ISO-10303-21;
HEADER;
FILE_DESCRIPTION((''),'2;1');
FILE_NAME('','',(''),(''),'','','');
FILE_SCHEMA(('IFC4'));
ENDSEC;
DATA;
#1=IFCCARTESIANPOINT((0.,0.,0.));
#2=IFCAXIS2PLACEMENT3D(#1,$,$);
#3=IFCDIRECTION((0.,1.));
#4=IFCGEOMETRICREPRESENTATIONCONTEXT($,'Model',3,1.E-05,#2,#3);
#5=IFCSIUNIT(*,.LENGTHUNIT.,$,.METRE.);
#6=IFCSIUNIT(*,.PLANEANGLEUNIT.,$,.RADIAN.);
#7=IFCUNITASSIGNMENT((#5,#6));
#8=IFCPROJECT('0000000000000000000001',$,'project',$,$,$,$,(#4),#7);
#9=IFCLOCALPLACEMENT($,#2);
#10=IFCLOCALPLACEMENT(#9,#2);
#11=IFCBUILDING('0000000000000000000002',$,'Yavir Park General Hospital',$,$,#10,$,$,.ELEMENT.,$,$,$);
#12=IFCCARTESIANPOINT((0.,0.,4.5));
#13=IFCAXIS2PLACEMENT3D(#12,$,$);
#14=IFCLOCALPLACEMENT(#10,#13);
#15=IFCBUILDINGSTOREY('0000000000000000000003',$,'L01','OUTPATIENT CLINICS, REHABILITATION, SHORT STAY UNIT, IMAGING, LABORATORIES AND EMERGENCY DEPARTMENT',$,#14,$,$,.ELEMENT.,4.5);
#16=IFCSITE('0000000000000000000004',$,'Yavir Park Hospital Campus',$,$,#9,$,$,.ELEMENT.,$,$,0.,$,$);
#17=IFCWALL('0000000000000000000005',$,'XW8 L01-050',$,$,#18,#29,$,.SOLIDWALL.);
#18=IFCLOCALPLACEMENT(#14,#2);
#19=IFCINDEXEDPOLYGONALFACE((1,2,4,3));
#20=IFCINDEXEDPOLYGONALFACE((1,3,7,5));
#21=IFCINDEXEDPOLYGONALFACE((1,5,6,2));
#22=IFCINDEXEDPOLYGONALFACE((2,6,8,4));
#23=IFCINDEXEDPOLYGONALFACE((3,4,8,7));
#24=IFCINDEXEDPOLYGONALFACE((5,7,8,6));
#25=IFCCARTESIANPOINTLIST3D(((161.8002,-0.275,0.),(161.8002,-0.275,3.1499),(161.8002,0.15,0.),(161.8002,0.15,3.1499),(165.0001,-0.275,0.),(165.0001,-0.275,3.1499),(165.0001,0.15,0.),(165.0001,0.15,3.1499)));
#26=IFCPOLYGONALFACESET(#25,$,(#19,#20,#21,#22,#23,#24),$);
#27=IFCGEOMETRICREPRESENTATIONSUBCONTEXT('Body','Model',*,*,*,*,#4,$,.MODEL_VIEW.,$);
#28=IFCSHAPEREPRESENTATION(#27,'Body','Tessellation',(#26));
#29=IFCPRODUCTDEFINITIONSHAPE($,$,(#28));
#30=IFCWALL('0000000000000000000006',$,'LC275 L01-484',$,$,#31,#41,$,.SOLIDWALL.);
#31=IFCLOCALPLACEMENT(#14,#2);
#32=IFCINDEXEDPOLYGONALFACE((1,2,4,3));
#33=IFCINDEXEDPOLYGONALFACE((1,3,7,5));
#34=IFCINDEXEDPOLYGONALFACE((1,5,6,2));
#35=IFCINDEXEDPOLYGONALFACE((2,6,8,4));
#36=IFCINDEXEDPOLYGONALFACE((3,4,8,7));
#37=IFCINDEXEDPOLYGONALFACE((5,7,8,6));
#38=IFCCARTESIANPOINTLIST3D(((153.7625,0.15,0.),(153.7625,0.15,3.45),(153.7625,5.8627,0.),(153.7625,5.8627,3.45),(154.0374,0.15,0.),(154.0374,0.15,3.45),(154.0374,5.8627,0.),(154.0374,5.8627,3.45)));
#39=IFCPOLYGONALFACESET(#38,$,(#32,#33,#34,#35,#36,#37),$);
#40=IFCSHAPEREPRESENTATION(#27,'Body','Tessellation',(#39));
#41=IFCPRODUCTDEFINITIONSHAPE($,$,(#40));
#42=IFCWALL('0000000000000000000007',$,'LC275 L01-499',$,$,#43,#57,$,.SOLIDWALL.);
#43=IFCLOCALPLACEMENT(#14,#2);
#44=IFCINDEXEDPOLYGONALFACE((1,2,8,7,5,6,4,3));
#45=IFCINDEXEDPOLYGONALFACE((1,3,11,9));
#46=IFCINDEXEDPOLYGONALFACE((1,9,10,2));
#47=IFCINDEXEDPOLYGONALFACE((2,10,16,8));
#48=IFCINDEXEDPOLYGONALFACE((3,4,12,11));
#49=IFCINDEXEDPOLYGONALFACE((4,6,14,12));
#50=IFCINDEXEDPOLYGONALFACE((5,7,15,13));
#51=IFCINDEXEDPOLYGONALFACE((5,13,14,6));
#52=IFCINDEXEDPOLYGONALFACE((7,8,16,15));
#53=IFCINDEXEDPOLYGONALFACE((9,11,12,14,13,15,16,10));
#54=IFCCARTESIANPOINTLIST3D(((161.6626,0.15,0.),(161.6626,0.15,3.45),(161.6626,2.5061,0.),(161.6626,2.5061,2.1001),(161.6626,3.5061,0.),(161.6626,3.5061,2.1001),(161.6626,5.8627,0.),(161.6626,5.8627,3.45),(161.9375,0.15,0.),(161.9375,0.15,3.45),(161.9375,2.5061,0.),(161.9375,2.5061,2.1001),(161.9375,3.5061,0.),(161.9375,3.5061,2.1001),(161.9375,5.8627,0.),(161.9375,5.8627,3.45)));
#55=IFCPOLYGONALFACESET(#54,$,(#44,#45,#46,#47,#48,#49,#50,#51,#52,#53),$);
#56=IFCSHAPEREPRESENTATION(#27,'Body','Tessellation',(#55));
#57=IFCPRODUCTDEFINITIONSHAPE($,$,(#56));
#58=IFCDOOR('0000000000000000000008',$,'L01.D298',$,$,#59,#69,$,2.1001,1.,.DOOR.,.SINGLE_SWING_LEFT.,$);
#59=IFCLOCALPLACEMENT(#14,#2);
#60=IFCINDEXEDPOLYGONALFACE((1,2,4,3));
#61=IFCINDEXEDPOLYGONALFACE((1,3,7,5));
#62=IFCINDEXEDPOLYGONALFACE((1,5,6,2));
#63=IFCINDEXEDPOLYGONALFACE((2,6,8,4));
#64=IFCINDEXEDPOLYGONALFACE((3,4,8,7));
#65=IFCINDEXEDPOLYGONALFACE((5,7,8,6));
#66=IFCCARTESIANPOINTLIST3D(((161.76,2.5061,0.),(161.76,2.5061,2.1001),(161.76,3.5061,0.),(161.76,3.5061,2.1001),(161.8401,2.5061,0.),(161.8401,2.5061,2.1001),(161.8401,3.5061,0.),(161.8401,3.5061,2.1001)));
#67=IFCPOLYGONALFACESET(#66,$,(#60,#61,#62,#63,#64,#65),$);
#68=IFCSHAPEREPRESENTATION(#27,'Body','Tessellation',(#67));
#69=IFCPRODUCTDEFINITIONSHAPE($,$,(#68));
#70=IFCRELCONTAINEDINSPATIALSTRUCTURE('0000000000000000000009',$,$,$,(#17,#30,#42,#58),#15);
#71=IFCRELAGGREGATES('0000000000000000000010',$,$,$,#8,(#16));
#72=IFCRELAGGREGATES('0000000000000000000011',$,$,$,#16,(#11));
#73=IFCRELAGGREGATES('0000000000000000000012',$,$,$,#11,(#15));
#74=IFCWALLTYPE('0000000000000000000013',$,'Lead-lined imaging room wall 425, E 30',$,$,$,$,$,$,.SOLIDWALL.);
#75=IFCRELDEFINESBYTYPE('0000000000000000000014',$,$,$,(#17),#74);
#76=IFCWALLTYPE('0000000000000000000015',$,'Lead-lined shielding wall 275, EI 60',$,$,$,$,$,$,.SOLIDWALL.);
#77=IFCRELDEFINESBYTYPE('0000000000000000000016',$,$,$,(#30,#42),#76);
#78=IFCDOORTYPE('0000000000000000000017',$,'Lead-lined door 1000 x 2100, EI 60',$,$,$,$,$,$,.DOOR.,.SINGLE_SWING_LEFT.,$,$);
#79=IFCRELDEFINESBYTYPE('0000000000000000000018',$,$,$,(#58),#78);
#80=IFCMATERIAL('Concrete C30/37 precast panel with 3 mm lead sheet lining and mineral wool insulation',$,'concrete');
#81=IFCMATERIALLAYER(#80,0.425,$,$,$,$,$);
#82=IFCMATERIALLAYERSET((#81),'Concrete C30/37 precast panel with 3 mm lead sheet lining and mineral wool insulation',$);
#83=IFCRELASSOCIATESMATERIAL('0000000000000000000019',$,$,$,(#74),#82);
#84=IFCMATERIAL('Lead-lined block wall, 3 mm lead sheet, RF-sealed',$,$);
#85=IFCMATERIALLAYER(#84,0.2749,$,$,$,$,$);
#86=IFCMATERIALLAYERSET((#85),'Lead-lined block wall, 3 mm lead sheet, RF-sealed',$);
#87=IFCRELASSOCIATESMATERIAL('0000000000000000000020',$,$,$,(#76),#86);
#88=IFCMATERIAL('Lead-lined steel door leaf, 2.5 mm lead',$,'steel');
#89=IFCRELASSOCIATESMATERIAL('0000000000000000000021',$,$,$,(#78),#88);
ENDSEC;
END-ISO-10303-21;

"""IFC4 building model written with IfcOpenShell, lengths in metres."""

from ifc_helpers import new_model, si_unit, direction, frame, frame_2d, origin, place, context, subcontext, project, spatial, rectangle, extrude, material, layer, layer_set, type_object, element, fill, save


model = new_model("IFC4")

# Units and contexts
model_context = context("Model", 3, precision=1e-05, world=origin(), true_north=direction((0.0, 1.0)))
body_context = subcontext(model_context, "Body", "Model", "MODEL_VIEW")
ifc_project = project(units=[si_unit("LENGTHUNIT", "METRE"), si_unit("PLANEANGLEUNIT", "RADIAN")], contexts=[model_context])

# Site, building, storey
site_placement = place(None, origin())
site = spatial("IfcSite", under=ifc_project, at=site_placement, Name="Yavir Park Hospital Campus", CompositionType="ELEMENT", RefElevation=0.0)
building_placement = place(site_placement, origin())
building = spatial("IfcBuilding", under=site, at=building_placement, Name="Yavir Park General Hospital", CompositionType="ELEMENT")
storey_placement = place(building_placement, frame((0.0, 0.0, 4.5)))
storey = spatial("IfcBuildingStorey", under=building, at=storey_placement, Name="L01", Description="OUTPATIENT CLINICS, REHABILITATION, SHORT STAY UNIT, IMAGING, LABORATORIES AND EMERGENCY DEPARTMENT", CompositionType="ELEMENT", Elevation=4.5)

# Wall
ifc_material_1 = material(Name="Concrete C30/37 precast panel with 3 mm lead sheet lining and mineral wool insulation", Category="concrete")
ifc_layer_1 = layer(ifc_material_1, 0.425)
ifc_layer_set_1 = layer_set([ifc_layer_1], Name="Concrete C30/37 precast panel with 3 mm lead sheet lining and mineral wool insulation")
wall_type_1 = type_object("IfcWallType", Name="Lead-lined imaging room wall 425, E 30", PredefinedType="SOLIDWALL", material=ifc_layer_set_1)
wall_1_placement = place(storey_placement, frame((161.8, -0.0625, 0.0), z_axis=(0.0, 0.0, 1.0), x_axis=(1.0, 0.0, 0.0)))
element("IfcWall", 1, at=wall_1_placement, inside=storey, type_object=wall_type_1, Name="XW8 L01-050", PredefinedType="SOLIDWALL", context=body_context, shape_type="SweptSolid", body=[
    extrude(rectangle(XDim=3.2, YDim=0.425, at=frame_2d((1.6001, 0.0))), origin(), (0.0, 0.0, 1.0), 3.1499),
])

# Shared definitions
ifc_material_2 = material(Name="Lead-lined block wall, 3 mm lead sheet, RF-sealed")
ifc_layer_2 = layer(ifc_material_2, 0.2749)
ifc_layer_set_2 = layer_set([ifc_layer_2], Name="Lead-lined block wall, 3 mm lead sheet, RF-sealed")
wall_type_2 = type_object("IfcWallType", Name="Lead-lined shielding wall 275, EI 60", PredefinedType="SOLIDWALL", material=ifc_layer_set_2)

# Wall
wall_2_placement = place(storey_placement, frame((153.8999, 0.1499, 0.0), z_axis=(0.0, 0.0, 1.0), x_axis=(0.0, 1.0, 0.0)))
element("IfcWall", 2, at=wall_2_placement, inside=storey, type_object=wall_type_2, Name="LC275 L01-484", PredefinedType="SOLIDWALL", context=body_context, shape_type="SweptSolid", body=[
    extrude(rectangle(XDim=5.7126, YDim=0.2749, at=frame_2d((2.8564, 0.0))), origin(), (0.0, 0.0, 1.0), 3.45),
])

# Wall, opening, door
wall_3_placement = place(storey_placement, frame((161.8, 0.1499, 0.0), z_axis=(0.0, 0.0, 1.0), x_axis=(0.0, 1.0, 0.0)))
wall_3 = element("IfcWall", 3, at=wall_3_placement, inside=storey, type_object=wall_type_2, Name="LC275 L01-499", PredefinedType="SOLIDWALL", context=body_context, shape_type="SweptSolid", body=[
    extrude(rectangle(XDim=5.7126, YDim=0.2749, at=frame_2d((2.8564, 0.0))), origin(), (0.0, 0.0, 1.0), 3.45),
])
opening_1_placement = place(wall_3_placement, frame((2.3562, 0.0, 0.0)))
opening_1 = element("IfcOpeningElement", 4, at=opening_1_placement, cuts=wall_3, PredefinedType="OPENING", context=body_context, shape_type="SweptSolid", body=[
    extrude(rectangle(XDim=1.0, YDim=2.1001, at=frame_2d((0.5, 1.05))), frame((0.0, 0.1475, 0.0), z_axis=(0.0, -1.0, 0.0), x_axis=(1.0, 0.0, 0.0)), (0.0, 0.0, 1.0), 0.2949),
])
ifc_material_3 = material(Name="Lead-lined steel door leaf, 2.5 mm lead", Category="steel")
door_type_1 = type_object("IfcDoorType", Name="Lead-lined door 1000 x 2100, EI 60", OperationType="SINGLE_SWING_LEFT", PredefinedType="DOOR", material=ifc_material_3)
door_1_placement = place(opening_1_placement, origin())
door_1 = element("IfcDoor", 5, at=door_1_placement, inside=storey, type_object=door_type_1, Name="L01.D298", OperationType="SINGLE_SWING_LEFT", OverallHeight=2.1001, OverallWidth=1.0, PredefinedType="DOOR", context=body_context, shape_type="SweptSolid", body=[
    extrude(rectangle(XDim=1.0, YDim=2.1001, at=frame_2d((0.5, 1.05))), frame((0.0, 0.04, 0.0), z_axis=(0.0, -1.0, 0.0), x_axis=(1.0, 0.0, 0.0)), (0.0, 0.0, 1.0), 0.0801),
])
fill(opening_1, door_1)

save(model, "model.ifc")
